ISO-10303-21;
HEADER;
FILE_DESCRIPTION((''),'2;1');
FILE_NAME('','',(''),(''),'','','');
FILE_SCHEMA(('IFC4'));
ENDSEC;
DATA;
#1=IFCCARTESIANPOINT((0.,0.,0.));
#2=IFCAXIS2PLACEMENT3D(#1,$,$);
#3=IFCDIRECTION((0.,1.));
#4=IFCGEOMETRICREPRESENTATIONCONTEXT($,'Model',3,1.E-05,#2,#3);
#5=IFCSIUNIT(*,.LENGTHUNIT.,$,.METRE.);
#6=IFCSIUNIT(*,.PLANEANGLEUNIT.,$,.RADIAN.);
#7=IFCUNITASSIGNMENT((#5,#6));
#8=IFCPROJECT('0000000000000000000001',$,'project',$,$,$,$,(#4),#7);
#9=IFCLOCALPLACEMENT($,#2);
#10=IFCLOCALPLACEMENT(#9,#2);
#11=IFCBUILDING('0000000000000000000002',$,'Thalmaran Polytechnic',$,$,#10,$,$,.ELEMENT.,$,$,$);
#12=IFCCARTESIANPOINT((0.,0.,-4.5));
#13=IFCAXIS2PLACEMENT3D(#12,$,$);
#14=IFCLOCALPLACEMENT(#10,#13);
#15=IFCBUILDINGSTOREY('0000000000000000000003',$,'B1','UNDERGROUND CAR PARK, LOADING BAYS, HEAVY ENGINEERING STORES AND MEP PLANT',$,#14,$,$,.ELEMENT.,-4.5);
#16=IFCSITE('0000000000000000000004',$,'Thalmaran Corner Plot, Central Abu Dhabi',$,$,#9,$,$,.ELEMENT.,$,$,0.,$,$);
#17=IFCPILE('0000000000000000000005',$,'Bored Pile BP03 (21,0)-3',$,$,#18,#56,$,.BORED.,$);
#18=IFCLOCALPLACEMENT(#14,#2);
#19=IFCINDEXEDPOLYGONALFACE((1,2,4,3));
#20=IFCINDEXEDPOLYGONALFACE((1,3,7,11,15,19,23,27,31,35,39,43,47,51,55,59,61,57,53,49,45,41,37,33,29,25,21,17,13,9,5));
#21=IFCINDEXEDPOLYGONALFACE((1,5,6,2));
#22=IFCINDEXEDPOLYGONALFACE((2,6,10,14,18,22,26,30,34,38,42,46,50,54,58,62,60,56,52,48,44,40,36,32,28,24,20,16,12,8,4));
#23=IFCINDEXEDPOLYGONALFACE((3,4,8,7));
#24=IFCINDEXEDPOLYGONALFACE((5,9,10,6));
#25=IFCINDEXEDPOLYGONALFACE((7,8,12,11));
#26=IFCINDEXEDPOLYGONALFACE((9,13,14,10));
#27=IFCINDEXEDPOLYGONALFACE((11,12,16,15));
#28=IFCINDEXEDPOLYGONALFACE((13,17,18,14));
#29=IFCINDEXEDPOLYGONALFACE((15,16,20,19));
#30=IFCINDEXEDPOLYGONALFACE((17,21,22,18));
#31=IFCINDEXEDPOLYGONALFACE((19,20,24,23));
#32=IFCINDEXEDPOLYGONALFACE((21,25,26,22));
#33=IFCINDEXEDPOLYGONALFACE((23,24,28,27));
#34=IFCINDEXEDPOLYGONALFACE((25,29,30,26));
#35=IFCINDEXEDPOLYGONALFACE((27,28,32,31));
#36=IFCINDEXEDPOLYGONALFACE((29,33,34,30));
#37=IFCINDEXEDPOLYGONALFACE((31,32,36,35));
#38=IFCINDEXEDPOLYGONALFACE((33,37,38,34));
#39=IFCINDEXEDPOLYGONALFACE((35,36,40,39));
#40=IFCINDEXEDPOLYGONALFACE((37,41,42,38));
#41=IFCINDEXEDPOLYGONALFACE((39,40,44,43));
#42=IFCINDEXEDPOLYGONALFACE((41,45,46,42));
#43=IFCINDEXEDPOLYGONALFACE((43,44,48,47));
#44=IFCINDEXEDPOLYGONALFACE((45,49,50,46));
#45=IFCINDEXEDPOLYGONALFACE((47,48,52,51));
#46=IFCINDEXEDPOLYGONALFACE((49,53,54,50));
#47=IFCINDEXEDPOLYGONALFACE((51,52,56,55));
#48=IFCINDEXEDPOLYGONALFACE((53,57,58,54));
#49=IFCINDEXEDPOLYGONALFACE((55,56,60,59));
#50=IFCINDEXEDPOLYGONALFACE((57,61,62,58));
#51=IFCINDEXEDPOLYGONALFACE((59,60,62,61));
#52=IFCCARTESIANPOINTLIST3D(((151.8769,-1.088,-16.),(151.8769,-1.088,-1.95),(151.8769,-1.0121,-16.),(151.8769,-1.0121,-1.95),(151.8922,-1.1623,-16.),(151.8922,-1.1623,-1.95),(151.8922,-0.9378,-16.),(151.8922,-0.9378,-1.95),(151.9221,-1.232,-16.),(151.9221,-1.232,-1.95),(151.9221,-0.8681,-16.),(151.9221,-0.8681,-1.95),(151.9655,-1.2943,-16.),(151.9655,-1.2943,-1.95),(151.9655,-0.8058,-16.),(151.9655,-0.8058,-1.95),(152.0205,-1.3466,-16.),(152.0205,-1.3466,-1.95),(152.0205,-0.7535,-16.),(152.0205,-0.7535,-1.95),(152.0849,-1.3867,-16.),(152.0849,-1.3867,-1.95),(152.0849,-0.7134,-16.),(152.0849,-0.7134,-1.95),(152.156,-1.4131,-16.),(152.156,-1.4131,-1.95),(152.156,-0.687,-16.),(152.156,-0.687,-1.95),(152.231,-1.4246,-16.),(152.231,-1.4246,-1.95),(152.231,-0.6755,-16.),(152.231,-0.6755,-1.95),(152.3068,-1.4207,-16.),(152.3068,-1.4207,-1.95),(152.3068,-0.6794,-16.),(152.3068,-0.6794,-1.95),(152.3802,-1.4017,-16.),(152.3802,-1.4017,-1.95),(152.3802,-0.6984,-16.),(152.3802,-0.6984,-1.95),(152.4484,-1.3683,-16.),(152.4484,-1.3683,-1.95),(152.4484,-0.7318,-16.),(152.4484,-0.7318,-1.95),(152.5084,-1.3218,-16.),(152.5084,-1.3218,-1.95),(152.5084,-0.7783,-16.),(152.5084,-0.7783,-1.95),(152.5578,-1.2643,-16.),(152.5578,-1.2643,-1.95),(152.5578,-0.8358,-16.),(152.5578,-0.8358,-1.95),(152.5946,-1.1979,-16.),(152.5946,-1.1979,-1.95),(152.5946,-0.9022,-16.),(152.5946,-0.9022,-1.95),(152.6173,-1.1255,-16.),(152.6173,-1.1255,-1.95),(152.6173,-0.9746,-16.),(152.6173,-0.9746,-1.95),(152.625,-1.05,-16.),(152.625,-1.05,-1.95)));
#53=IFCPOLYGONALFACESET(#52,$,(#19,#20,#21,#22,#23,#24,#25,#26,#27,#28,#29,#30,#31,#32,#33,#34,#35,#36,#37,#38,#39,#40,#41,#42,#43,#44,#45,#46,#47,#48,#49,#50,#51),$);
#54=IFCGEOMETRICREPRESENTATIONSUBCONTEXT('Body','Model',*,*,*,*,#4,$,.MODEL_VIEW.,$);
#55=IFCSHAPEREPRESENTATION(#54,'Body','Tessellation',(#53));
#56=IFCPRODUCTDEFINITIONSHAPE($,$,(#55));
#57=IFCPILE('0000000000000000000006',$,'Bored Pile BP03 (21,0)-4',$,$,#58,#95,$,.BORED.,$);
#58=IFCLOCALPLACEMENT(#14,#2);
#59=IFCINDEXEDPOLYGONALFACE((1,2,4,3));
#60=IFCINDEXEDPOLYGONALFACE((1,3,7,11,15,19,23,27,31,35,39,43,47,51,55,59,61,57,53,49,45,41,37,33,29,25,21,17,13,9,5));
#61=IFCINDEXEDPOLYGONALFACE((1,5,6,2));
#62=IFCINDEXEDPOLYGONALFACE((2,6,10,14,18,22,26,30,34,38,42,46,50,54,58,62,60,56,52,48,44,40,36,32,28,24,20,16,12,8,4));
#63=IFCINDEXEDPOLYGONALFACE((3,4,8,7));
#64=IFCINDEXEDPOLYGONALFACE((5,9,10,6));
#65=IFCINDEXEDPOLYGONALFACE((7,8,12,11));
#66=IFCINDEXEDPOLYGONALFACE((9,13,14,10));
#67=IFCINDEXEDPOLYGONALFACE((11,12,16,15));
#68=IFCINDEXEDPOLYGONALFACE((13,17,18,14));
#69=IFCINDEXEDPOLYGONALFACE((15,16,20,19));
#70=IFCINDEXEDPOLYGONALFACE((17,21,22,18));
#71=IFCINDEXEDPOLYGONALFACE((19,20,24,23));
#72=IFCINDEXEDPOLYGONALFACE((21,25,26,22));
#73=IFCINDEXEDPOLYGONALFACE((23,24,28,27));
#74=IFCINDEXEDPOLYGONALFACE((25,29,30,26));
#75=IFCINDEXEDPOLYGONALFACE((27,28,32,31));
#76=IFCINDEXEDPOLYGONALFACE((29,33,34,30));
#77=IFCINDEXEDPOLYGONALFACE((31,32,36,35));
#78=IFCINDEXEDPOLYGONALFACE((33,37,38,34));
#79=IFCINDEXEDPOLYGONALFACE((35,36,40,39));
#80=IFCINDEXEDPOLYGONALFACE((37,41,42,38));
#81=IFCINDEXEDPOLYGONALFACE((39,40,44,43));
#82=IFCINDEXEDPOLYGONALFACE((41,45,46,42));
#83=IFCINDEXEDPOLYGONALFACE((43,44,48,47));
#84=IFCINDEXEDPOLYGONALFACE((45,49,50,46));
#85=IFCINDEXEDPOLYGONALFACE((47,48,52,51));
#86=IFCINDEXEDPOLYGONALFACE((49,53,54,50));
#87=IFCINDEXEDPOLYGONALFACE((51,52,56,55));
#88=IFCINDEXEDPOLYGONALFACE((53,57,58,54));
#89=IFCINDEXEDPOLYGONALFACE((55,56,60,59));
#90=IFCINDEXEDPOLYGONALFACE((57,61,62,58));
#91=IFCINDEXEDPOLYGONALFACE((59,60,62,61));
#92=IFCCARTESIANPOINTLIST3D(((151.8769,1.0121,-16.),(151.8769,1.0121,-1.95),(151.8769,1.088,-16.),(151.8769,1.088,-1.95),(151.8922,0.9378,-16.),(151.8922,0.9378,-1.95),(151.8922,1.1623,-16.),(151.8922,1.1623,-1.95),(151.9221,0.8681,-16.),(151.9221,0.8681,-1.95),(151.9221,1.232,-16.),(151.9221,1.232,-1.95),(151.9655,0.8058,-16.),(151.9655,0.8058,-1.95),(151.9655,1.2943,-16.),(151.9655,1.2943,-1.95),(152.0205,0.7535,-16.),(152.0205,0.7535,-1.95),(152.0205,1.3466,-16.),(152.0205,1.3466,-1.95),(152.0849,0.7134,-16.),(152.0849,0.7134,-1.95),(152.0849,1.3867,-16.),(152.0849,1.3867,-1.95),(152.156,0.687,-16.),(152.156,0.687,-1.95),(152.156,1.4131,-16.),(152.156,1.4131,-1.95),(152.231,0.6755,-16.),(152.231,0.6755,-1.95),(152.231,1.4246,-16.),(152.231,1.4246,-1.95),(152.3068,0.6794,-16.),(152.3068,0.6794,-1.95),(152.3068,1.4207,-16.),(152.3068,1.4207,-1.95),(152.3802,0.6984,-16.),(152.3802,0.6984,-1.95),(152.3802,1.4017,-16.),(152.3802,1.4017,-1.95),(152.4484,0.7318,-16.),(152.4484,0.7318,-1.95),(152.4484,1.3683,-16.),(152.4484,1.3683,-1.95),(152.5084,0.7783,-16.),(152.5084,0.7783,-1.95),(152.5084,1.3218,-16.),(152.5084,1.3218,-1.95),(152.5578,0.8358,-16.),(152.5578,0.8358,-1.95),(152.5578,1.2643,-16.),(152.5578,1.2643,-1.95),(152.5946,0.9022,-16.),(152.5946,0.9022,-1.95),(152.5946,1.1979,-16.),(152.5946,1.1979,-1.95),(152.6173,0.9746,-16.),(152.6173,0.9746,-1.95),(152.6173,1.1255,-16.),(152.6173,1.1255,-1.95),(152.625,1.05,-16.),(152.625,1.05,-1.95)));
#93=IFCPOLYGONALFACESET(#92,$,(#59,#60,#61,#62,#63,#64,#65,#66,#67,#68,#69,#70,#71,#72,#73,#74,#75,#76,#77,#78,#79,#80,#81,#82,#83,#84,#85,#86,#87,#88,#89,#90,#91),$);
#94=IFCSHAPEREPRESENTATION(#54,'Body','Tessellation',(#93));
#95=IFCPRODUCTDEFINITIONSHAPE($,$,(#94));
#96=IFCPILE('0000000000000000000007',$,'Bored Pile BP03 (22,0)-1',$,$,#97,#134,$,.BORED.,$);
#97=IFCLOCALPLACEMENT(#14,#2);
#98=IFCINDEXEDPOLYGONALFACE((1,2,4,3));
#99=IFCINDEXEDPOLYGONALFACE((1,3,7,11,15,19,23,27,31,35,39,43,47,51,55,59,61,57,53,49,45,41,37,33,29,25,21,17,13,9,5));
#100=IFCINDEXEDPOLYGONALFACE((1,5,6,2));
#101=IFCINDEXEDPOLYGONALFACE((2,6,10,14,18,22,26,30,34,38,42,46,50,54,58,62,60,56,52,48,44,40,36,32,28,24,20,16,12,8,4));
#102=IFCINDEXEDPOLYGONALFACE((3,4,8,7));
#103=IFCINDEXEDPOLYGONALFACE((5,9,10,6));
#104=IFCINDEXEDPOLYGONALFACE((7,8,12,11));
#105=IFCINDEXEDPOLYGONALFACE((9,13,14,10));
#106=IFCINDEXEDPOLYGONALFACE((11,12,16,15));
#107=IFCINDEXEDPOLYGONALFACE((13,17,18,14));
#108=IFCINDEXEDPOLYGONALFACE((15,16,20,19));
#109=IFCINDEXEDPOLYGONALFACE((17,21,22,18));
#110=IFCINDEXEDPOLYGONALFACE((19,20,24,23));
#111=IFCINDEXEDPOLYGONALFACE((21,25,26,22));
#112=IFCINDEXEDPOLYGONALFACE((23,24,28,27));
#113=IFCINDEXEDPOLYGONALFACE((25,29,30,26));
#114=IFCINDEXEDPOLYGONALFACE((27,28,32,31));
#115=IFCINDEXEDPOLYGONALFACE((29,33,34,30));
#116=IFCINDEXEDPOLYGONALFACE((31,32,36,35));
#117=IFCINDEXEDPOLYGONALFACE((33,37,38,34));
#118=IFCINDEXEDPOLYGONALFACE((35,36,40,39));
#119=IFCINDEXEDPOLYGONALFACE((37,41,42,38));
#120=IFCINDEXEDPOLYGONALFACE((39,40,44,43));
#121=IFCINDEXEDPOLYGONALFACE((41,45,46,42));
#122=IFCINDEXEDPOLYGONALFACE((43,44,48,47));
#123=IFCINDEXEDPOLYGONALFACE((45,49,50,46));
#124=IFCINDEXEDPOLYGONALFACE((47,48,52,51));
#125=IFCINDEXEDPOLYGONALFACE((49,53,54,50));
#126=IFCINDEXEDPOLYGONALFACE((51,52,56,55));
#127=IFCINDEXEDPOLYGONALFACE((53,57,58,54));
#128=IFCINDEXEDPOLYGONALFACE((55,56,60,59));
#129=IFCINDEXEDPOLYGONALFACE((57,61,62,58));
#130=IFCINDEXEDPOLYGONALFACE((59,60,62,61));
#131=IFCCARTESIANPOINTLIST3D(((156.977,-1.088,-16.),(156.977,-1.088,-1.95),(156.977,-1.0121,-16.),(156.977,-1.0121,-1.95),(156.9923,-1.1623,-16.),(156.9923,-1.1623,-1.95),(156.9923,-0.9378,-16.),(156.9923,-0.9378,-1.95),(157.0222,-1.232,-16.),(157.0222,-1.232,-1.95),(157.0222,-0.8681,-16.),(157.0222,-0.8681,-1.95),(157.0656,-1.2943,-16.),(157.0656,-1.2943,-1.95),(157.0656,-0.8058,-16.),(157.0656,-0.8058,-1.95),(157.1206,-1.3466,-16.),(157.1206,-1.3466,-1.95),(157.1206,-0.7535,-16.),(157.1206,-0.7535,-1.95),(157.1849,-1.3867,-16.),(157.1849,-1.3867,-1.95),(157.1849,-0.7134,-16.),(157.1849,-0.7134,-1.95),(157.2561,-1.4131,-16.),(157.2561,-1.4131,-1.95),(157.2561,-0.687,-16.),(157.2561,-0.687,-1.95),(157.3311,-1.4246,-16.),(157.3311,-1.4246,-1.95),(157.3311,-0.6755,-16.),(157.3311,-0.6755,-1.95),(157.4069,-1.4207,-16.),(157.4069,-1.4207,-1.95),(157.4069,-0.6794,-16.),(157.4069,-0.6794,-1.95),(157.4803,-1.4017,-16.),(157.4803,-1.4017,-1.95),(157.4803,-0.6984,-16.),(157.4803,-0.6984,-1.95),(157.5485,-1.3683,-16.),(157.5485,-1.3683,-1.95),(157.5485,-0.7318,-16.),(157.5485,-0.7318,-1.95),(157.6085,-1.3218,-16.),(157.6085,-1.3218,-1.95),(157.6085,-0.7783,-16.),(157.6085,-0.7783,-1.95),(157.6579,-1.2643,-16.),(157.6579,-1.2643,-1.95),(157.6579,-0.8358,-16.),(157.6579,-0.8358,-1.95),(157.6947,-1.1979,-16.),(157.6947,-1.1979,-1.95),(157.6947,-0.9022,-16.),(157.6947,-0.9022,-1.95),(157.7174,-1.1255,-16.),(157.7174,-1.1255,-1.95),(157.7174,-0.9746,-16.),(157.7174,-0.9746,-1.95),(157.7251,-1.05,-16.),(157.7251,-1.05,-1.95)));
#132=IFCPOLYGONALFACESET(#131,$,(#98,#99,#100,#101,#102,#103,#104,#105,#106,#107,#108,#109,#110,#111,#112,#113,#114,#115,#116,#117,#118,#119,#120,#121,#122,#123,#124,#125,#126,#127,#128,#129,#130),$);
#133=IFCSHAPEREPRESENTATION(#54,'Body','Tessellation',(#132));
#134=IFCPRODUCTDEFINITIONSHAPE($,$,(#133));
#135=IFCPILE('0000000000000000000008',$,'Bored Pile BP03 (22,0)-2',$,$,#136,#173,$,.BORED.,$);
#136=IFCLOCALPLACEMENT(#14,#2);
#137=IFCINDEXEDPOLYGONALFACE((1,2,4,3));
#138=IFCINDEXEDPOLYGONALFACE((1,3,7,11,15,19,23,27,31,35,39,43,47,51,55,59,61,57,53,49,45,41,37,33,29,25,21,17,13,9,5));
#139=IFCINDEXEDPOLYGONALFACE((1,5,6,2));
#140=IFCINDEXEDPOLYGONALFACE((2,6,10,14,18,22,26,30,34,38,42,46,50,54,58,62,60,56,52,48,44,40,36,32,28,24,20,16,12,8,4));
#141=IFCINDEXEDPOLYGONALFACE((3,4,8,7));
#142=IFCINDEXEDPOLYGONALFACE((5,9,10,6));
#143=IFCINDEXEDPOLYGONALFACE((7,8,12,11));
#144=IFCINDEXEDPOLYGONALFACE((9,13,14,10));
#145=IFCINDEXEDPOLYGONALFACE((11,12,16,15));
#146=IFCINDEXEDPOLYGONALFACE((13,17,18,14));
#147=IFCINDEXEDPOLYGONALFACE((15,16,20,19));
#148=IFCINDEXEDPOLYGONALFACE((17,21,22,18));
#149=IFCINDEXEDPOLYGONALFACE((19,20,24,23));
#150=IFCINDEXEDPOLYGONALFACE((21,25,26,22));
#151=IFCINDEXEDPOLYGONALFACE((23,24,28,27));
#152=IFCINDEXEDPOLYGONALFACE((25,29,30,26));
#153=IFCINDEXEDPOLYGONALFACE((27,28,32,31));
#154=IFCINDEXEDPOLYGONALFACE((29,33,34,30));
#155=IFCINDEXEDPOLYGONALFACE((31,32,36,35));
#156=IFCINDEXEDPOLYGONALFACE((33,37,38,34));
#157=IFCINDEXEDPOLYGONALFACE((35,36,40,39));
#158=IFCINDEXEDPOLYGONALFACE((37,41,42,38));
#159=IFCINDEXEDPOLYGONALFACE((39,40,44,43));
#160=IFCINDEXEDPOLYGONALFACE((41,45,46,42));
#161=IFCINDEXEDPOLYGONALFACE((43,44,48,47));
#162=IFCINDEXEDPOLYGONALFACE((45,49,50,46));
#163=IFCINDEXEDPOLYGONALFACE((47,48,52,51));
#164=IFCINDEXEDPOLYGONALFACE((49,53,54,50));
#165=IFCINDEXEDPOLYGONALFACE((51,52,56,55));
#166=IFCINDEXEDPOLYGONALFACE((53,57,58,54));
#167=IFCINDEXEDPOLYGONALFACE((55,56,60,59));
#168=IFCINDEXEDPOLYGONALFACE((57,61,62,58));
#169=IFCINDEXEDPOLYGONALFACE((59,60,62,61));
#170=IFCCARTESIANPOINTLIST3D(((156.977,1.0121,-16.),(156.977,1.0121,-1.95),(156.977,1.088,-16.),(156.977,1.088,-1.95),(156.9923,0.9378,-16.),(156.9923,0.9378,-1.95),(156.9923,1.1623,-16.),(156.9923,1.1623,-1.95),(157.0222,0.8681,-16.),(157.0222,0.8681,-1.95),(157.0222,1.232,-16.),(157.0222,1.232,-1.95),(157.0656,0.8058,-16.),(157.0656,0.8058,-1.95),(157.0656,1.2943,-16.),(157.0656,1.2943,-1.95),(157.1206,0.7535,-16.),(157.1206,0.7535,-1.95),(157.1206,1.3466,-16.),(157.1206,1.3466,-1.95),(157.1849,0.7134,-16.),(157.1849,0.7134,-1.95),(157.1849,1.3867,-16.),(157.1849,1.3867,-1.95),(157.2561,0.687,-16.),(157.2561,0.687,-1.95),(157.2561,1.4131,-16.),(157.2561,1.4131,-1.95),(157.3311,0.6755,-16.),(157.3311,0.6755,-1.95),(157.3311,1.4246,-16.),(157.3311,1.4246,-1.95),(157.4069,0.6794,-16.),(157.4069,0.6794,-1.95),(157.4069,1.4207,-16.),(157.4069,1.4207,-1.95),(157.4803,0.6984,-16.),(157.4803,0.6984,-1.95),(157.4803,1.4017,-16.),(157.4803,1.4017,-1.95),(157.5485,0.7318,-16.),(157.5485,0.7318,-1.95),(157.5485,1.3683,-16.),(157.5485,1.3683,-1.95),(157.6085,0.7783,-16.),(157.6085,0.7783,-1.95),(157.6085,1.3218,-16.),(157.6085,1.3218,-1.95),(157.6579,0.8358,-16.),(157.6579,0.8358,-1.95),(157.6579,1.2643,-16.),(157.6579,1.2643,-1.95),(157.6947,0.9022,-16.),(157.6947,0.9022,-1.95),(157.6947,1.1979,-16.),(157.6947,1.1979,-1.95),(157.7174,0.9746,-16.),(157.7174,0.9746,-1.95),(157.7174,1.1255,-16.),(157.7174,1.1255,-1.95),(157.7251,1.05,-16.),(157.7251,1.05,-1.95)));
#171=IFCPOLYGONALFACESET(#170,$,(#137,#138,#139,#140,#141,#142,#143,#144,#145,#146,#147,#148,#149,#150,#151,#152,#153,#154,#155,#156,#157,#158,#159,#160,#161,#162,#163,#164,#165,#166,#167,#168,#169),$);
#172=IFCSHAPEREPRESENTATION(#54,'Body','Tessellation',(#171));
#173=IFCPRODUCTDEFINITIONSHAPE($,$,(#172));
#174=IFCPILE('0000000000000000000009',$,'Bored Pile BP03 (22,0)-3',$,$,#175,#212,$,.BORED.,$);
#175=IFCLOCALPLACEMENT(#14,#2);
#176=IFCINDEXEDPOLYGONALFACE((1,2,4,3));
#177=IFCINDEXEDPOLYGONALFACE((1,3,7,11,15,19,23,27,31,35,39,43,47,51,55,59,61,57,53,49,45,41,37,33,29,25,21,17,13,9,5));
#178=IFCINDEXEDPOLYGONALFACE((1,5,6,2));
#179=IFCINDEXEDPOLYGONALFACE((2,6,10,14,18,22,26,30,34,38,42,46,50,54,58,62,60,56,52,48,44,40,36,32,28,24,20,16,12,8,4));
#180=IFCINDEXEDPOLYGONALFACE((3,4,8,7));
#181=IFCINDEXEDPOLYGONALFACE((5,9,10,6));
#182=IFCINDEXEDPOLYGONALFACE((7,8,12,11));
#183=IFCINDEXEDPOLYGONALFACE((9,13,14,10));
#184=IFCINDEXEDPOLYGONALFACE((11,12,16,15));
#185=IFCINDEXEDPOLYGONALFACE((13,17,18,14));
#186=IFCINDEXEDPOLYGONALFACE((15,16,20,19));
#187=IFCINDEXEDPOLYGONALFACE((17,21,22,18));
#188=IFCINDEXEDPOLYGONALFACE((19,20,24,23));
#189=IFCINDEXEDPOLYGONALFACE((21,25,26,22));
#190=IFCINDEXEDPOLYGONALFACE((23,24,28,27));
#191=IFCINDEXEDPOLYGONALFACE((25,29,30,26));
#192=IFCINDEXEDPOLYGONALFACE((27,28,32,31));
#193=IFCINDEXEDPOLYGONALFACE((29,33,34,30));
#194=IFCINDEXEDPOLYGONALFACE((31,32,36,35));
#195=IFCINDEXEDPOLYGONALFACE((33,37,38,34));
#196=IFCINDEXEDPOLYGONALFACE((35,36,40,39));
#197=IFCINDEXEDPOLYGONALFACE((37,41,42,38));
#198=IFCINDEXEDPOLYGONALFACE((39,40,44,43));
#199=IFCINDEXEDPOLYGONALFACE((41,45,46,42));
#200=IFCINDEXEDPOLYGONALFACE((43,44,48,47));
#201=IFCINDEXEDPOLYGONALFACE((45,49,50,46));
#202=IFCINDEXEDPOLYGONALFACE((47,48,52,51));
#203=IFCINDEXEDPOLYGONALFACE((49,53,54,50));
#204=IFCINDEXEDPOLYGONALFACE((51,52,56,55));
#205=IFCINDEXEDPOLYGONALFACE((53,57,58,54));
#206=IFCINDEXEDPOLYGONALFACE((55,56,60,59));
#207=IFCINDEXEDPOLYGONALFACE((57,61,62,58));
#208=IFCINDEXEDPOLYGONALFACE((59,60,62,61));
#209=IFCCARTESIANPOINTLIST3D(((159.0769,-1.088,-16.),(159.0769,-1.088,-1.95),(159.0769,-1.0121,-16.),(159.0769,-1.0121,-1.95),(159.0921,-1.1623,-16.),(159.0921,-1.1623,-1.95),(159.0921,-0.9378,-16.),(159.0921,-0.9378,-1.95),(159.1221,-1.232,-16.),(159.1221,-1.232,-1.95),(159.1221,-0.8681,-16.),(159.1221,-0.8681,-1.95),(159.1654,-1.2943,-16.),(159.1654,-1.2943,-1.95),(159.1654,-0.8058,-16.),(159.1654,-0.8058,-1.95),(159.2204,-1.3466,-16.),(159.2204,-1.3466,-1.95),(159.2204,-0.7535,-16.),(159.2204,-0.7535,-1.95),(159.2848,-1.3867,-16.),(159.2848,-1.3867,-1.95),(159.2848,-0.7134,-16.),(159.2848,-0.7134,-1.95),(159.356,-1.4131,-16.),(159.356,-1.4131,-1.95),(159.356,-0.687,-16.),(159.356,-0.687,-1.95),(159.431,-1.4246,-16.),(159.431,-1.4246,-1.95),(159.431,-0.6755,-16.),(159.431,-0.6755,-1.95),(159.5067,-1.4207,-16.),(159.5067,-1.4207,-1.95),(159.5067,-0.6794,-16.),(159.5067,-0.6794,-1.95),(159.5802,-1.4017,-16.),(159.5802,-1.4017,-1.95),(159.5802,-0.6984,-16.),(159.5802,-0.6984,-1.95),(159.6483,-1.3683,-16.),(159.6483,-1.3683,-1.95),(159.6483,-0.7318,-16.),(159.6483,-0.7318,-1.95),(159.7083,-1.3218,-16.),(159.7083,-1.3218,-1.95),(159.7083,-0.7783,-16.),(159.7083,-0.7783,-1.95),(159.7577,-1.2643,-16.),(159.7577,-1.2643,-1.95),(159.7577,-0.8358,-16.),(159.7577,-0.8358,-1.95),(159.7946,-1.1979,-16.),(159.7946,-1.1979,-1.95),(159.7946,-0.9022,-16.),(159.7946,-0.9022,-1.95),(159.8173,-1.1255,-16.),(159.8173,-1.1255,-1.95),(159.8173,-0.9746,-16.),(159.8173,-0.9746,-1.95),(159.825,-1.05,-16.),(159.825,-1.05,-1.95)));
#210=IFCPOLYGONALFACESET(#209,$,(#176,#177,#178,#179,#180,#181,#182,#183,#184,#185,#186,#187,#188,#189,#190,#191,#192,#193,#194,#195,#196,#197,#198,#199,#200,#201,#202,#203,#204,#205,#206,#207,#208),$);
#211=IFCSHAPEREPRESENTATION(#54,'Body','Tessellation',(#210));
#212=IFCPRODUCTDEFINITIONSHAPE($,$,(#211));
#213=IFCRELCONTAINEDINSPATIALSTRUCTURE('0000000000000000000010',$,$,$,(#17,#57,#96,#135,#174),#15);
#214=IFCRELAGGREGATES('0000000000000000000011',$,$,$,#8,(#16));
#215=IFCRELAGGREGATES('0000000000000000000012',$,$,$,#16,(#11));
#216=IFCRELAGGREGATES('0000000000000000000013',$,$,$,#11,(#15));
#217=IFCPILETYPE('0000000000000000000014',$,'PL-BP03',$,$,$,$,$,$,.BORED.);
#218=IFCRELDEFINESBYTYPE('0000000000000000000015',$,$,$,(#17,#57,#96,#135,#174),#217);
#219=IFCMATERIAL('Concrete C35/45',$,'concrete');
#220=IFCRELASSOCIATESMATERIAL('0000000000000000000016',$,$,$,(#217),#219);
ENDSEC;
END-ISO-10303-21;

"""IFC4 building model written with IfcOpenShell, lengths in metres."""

from ifc_helpers import new_model, si_unit, direction, frame, origin, origin_2d, place, context, subcontext, project, spatial, circle, extrude, material, material_profile, profile_set, type_object, element, save


model = new_model("IFC4")

# Units and contexts
model_context = context("Model", 3, precision=1e-05, world=origin(), true_north=direction((0.0, 1.0)))
body_context = subcontext(model_context, "Body", "Model", "MODEL_VIEW")
ifc_project = project(units=[si_unit("LENGTHUNIT", "METRE"), si_unit("PLANEANGLEUNIT", "RADIAN")], contexts=[model_context])

# Site, building, storey
site_placement = place(None, origin())
site = spatial("IfcSite", under=ifc_project, at=site_placement, Name="Thalmaran Corner Plot, Central Abu Dhabi", CompositionType="ELEMENT", RefElevation=0.0)
building_placement = place(site_placement, origin())
building = spatial("IfcBuilding", under=site, at=building_placement, Name="Thalmaran Polytechnic", CompositionType="ELEMENT")
storey_placement = place(building_placement, frame((0.0, 0.0, -4.5)))
storey = spatial("IfcBuildingStorey", under=building, at=storey_placement, Name="B1", Description="UNDERGROUND CAR PARK, LOADING BAYS, HEAVY ENGINEERING STORES AND MEP PLANT", CompositionType="ELEMENT", Elevation=-4.5)

# Piles
ifc_material_1 = material(Name="Concrete C35/45", Category="concrete")
ifc_material_profile_1 = material_profile(ifc_material_1, circle(Radius=0.375, at=origin_2d()), Name="RC 750 DIA")
ifc_profile_set_1 = profile_set([ifc_material_profile_1], Name="Concrete C35/45")
pile_type_1 = type_object("IfcPileType", Name="PL-BP03", PredefinedType="BORED", material=ifc_profile_set_1)
for number, where, z_axis, x_axis, name in (
    (1, (152.25, -1.05, -1.95), (0.0, 0.0, -1.0), (1.0, 0.0, 0.0), "Bored Pile BP03 (21,0)-3"),
    (2, (152.25, 1.05, -1.95), (0.0, 0.0, -1.0), (1.0, 0.0, 0.0), "Bored Pile BP03 (21,0)-4"),
    (3, (157.3501, -1.05, -1.95), (0.0, 0.0, -1.0), (1.0, 0.0, 0.0), "Bored Pile BP03 (22,0)-1"),
    (4, (157.3501, 1.05, -1.95), (0.0, 0.0, -1.0), (1.0, 0.0, 0.0), "Bored Pile BP03 (22,0)-2"),
    (5, (159.45, -1.05, -1.95), (0.0, 0.0, -1.0), (1.0, 0.0, 0.0), "Bored Pile BP03 (22,0)-3"),
):
    element("IfcPile", number, at=place(storey_placement, frame(where, z_axis=z_axis, x_axis=x_axis)), inside=storey, type_object=pile_type_1, Name=name, PredefinedType="BORED", context=body_context, shape_type="SweptSolid", body=[
        extrude(circle(Radius=0.375, at=origin_2d()), origin(), (0.0, 0.0, 1.0), 14.05),
    ])

save(model, "model.ifc")
